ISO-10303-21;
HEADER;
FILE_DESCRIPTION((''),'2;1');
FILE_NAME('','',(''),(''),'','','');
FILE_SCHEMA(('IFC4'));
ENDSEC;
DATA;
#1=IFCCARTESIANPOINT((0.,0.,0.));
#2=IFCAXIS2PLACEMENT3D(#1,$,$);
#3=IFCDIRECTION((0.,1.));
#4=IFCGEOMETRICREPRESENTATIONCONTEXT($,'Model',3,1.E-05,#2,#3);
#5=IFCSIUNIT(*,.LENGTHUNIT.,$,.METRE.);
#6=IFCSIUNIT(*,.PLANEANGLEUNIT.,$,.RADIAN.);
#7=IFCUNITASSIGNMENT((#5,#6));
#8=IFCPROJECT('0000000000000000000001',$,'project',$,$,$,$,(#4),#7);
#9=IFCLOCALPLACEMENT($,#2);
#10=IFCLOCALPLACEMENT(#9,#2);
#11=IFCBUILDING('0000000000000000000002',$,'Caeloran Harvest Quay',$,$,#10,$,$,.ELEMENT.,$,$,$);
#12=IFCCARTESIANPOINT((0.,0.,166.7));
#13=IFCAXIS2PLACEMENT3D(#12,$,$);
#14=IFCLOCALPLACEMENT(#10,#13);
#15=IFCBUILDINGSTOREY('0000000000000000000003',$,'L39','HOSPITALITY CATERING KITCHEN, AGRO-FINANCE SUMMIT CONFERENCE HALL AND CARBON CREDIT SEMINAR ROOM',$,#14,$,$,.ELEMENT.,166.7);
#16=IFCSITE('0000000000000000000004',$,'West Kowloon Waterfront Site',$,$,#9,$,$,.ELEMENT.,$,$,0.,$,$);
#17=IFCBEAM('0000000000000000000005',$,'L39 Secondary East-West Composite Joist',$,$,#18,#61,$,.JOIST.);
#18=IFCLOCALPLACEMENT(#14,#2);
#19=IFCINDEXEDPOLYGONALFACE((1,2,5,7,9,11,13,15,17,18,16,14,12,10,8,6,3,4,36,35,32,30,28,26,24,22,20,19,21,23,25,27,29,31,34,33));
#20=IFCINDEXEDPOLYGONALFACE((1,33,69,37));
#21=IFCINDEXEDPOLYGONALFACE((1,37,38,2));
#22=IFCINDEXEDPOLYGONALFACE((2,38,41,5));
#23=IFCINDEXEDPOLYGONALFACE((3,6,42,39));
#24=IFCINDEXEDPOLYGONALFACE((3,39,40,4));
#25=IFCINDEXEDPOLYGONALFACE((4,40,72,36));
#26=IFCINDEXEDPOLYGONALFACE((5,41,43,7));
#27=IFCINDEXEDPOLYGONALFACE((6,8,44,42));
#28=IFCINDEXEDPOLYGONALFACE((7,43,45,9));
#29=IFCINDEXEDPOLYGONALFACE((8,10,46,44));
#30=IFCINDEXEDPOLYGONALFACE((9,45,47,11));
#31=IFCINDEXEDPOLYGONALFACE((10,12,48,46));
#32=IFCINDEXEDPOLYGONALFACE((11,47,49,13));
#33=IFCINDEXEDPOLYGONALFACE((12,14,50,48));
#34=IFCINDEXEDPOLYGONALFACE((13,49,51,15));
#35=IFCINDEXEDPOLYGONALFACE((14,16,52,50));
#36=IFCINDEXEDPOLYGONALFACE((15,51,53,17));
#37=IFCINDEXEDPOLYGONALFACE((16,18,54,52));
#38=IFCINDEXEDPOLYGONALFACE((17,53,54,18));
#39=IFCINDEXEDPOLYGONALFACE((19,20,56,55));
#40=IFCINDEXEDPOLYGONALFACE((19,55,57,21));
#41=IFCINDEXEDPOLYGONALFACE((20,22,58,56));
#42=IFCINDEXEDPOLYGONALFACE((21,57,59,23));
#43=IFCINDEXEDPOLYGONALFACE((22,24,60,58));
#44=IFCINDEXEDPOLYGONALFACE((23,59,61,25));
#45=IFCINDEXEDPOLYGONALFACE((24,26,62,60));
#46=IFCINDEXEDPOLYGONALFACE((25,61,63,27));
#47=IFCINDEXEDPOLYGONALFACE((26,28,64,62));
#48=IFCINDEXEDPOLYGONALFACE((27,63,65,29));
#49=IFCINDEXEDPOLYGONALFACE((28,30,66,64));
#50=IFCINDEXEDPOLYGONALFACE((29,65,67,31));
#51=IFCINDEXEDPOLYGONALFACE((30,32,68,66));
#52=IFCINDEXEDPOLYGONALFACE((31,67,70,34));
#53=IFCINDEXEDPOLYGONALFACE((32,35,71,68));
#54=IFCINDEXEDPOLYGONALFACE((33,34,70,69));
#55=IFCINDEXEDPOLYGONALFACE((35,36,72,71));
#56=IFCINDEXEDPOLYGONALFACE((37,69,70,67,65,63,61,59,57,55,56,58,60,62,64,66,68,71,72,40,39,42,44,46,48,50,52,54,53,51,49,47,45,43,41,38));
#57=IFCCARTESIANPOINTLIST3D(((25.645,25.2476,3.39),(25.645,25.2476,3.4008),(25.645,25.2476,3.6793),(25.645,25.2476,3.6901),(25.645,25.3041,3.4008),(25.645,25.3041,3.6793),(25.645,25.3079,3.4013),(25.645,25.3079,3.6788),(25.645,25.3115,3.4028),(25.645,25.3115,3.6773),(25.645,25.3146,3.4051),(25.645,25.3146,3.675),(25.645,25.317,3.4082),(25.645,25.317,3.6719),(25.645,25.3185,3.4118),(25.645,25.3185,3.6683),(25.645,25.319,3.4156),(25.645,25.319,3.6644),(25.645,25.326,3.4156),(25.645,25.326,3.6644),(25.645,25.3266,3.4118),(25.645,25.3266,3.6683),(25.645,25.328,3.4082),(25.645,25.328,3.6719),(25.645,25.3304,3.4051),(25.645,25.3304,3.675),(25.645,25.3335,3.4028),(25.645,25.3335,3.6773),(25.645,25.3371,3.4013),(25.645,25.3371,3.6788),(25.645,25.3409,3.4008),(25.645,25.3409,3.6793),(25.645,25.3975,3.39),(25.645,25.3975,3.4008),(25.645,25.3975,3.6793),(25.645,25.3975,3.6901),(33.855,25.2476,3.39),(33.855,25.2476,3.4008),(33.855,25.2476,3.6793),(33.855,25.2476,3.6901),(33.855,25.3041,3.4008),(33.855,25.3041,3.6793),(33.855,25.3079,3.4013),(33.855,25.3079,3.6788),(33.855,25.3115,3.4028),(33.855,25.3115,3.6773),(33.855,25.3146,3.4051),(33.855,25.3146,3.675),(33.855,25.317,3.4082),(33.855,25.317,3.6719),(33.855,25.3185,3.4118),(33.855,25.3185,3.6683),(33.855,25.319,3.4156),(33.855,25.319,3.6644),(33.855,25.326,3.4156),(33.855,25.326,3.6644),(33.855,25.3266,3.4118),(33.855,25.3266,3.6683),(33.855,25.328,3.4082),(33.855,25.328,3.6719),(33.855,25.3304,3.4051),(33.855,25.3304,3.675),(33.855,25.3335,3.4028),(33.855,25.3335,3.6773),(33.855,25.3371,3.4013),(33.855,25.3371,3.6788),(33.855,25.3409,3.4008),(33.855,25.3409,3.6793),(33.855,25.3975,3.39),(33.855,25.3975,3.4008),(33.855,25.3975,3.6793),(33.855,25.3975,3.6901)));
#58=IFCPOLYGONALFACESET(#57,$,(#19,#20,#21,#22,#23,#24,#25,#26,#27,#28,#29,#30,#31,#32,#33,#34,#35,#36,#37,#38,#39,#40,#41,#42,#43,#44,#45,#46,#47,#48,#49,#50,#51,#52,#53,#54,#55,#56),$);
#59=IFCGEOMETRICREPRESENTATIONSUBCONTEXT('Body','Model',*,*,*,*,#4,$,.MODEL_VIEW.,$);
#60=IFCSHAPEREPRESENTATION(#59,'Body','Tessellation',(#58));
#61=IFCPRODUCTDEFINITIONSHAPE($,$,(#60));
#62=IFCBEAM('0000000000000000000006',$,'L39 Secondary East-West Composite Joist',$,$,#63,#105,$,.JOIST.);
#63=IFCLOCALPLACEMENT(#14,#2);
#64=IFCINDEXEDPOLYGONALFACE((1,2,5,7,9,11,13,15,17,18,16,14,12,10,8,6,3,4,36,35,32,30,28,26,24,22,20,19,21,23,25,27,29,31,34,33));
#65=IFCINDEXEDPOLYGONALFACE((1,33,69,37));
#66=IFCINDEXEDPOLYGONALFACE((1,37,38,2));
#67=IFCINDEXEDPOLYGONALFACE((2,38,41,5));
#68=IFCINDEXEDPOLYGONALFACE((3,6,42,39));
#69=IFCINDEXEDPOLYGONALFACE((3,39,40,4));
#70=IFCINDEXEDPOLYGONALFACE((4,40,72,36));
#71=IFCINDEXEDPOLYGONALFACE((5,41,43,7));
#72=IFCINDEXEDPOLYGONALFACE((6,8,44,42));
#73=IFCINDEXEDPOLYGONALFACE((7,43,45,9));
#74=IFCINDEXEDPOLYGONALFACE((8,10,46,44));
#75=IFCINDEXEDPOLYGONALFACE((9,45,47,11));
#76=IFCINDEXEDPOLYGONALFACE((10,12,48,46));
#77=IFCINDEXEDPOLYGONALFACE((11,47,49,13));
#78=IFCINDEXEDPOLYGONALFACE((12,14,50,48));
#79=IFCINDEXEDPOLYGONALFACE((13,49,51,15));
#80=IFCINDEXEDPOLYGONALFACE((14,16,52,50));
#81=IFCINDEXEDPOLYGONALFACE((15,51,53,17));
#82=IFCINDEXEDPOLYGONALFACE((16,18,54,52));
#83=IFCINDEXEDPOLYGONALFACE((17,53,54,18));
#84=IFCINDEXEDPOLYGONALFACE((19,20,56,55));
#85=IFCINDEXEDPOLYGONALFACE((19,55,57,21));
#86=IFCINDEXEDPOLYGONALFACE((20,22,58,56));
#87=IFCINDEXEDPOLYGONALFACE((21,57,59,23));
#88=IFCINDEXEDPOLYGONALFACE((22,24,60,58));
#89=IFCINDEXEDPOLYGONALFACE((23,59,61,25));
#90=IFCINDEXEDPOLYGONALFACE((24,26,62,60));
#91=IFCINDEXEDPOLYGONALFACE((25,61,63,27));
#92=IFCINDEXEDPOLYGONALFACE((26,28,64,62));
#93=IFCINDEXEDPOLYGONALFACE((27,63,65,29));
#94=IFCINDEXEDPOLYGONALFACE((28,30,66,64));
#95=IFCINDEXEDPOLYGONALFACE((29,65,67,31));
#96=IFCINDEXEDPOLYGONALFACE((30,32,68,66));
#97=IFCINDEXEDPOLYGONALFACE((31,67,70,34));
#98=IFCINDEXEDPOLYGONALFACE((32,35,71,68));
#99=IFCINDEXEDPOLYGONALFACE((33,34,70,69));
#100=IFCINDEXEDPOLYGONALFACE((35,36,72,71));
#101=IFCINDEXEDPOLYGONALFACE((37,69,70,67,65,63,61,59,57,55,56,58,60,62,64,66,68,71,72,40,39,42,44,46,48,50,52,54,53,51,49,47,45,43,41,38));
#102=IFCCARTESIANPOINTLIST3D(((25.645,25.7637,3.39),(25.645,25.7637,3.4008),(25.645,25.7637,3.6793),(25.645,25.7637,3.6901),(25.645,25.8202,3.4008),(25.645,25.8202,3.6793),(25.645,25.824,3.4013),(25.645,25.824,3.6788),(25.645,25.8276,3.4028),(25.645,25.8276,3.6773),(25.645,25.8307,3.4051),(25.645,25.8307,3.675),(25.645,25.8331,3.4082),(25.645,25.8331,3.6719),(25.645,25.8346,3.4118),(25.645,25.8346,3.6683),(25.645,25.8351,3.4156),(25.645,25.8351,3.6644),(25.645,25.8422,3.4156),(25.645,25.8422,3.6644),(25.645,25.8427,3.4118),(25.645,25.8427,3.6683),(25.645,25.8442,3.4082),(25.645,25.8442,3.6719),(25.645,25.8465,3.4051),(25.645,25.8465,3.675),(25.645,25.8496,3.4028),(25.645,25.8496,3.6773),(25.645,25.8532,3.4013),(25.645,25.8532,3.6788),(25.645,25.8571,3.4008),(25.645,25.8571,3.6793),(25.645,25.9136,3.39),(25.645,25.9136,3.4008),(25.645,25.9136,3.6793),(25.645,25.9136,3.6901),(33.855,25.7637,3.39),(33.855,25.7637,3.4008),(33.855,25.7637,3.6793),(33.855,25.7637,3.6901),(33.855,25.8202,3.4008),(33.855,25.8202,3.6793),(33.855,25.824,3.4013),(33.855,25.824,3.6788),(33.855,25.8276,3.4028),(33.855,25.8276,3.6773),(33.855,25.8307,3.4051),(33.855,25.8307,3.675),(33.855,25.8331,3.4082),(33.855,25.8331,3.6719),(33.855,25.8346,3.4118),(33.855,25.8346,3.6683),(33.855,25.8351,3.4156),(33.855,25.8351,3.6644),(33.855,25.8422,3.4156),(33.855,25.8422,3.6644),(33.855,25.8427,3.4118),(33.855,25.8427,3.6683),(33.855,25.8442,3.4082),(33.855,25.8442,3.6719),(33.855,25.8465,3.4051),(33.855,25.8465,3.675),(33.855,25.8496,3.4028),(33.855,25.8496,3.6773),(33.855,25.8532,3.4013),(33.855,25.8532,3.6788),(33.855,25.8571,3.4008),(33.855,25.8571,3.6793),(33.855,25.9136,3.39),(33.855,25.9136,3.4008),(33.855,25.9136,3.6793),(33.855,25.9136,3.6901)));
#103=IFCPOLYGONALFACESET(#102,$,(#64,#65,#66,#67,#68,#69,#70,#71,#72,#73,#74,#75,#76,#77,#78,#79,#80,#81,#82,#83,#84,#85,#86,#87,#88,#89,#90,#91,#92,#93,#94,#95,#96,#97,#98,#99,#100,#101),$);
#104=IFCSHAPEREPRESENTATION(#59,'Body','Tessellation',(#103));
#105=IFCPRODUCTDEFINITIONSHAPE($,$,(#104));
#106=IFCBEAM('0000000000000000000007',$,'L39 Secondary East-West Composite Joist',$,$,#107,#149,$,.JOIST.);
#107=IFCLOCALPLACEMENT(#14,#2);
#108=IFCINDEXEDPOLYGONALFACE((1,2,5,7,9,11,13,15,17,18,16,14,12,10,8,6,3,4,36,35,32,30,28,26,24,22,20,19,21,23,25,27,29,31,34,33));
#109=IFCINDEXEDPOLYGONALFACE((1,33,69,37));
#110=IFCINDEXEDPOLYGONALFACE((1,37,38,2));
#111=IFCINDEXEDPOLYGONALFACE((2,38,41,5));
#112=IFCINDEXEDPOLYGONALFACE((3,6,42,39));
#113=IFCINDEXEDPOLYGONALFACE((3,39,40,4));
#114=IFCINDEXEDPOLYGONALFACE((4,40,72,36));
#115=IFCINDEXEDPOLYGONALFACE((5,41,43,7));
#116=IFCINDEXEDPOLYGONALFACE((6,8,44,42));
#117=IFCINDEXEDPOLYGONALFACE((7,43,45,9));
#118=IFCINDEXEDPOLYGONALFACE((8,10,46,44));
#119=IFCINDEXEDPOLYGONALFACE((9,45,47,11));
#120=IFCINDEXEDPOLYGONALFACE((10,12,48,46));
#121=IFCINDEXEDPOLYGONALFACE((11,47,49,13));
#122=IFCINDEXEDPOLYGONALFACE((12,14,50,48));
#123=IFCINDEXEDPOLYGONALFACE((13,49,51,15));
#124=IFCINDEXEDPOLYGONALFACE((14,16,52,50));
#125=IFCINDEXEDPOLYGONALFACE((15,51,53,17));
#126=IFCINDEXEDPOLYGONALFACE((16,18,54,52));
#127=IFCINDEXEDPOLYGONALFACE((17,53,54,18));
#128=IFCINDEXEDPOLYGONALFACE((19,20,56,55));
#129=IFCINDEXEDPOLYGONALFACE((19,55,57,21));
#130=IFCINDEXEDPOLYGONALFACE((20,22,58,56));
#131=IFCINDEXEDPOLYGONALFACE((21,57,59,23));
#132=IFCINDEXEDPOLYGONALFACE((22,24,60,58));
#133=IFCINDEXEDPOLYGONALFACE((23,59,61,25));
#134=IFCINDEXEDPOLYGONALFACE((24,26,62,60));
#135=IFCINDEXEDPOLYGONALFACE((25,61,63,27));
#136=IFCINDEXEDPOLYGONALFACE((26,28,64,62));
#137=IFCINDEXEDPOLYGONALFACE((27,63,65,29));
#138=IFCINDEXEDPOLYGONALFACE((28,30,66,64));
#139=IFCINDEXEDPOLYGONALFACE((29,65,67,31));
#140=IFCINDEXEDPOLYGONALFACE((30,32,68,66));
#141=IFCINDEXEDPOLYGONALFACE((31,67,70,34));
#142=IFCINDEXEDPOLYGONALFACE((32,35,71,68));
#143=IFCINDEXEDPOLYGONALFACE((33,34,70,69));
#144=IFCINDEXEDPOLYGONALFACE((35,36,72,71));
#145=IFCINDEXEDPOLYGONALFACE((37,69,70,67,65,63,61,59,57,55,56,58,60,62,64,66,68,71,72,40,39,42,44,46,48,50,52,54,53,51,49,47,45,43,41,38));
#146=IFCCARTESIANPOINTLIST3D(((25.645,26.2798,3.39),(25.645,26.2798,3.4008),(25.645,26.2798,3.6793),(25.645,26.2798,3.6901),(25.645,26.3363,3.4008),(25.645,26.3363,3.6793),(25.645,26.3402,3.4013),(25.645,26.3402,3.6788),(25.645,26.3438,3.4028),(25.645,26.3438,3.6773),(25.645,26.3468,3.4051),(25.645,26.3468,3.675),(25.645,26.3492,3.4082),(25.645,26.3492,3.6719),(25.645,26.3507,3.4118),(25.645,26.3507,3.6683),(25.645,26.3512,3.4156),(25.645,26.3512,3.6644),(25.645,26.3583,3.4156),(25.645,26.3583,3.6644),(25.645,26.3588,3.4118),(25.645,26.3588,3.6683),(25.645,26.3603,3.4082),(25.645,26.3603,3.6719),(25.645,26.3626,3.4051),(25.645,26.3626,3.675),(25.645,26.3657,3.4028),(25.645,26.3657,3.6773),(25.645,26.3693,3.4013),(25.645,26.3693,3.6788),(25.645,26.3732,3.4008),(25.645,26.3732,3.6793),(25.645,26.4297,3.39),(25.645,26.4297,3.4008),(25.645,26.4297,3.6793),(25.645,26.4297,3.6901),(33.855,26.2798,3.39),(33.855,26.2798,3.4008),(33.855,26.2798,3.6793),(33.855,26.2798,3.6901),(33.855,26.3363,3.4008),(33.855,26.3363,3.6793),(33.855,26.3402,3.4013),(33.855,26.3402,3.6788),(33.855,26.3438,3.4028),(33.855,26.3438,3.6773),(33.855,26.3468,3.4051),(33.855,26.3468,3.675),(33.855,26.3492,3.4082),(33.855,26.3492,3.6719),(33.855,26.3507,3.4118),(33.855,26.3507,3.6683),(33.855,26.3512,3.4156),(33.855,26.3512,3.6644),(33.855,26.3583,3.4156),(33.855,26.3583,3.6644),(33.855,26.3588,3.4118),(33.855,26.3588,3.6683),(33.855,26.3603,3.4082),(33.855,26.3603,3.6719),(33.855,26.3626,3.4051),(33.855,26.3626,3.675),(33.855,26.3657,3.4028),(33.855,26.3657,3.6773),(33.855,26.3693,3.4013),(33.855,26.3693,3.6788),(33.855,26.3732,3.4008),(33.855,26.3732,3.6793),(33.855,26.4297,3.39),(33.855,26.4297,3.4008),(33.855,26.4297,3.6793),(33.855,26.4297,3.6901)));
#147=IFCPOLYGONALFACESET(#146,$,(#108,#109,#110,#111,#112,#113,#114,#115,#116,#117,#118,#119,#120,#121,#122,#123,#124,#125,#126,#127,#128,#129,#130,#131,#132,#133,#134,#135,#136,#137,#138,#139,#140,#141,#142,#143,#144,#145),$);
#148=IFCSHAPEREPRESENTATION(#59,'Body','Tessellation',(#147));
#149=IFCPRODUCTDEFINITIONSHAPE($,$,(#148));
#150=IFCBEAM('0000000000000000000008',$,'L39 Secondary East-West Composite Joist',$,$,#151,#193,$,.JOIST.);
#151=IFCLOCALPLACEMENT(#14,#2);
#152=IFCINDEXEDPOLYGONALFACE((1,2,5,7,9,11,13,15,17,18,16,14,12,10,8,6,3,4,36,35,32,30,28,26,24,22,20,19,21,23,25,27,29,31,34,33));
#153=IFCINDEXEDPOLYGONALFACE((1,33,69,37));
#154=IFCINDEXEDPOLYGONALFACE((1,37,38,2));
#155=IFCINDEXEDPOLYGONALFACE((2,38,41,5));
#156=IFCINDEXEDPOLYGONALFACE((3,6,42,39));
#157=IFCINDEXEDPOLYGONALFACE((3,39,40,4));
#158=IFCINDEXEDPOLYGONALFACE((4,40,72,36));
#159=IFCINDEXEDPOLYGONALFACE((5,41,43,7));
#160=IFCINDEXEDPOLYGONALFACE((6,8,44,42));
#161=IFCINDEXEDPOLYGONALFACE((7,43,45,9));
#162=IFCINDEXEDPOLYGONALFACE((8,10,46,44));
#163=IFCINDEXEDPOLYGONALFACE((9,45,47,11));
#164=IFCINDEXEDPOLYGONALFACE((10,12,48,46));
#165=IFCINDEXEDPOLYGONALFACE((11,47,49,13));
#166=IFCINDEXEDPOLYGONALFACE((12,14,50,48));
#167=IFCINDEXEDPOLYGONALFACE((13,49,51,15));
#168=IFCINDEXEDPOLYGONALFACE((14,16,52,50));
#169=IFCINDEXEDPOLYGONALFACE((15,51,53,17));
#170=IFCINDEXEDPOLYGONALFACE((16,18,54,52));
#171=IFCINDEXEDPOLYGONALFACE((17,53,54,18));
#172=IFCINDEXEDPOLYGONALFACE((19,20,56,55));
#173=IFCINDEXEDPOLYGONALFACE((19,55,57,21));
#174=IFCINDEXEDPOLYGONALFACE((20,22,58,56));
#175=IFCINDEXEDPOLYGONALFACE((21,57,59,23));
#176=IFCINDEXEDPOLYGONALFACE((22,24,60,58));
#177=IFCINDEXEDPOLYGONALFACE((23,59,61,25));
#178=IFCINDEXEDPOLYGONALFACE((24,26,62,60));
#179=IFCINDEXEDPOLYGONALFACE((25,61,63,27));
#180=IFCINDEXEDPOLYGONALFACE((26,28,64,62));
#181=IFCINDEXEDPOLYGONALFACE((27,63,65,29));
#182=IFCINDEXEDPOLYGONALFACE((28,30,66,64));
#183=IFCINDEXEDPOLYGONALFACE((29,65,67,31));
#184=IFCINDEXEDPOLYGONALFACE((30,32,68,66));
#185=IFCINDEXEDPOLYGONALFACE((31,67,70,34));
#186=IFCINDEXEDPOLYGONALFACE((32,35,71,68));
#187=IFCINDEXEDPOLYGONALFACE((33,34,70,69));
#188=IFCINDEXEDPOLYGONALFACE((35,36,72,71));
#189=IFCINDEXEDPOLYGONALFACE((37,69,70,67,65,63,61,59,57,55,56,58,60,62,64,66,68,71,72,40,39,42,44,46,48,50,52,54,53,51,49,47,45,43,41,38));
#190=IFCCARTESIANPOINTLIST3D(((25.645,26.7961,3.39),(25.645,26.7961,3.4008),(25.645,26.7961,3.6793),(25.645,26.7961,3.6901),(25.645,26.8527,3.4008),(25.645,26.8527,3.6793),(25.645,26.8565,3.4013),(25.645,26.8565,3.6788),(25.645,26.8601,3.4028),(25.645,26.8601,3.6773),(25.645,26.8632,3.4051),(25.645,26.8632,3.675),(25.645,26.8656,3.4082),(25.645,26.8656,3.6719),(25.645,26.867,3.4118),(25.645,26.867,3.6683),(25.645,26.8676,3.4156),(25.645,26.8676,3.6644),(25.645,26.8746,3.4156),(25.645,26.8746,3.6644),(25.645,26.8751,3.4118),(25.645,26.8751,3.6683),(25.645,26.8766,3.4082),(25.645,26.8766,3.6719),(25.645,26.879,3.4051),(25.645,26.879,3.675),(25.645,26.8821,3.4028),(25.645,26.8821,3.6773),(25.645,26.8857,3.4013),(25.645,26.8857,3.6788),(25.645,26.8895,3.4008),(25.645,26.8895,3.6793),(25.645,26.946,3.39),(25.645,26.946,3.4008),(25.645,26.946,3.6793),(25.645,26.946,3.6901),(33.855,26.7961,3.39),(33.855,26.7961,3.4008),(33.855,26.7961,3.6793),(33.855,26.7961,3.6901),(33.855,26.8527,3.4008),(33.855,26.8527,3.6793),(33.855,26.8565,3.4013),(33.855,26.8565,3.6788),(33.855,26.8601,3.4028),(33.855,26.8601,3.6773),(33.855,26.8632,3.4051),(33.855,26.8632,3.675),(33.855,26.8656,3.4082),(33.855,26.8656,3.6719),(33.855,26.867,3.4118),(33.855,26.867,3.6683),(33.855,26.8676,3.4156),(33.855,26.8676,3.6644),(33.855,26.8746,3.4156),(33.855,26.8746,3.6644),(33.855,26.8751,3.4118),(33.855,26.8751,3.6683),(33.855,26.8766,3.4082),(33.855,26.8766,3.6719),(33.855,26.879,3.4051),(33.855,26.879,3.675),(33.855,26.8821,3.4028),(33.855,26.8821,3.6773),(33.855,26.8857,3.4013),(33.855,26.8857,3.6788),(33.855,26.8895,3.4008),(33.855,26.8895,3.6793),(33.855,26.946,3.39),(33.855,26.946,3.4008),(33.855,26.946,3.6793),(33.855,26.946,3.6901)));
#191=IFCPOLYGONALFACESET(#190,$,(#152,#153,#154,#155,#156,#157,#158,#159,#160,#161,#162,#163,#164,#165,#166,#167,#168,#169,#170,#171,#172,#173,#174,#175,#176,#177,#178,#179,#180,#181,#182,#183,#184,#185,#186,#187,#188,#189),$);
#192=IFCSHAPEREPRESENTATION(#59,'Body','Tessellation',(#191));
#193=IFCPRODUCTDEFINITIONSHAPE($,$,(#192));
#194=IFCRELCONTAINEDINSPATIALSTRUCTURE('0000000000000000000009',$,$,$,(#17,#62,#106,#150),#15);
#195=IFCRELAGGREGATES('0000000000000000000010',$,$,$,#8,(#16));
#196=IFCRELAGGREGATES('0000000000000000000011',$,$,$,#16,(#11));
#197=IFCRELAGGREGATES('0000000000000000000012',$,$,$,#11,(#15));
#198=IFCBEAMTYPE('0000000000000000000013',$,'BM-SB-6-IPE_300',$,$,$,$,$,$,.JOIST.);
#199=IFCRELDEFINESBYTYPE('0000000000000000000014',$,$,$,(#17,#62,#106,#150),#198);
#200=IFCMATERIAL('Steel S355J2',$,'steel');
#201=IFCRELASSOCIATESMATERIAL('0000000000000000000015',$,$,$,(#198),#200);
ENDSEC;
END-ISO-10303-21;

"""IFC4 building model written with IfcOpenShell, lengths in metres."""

from ifc_helpers import new_model, si_unit, direction, frame, origin, origin_2d, place, context, subcontext, project, spatial, i_section, extrude, material, material_profile, profile_set, type_object, element, save


model = new_model("IFC4")

# Units and contexts
model_context = context("Model", 3, precision=1e-05, world=origin(), true_north=direction((0.0, 1.0)))
body_context = subcontext(model_context, "Body", "Model", "MODEL_VIEW")
ifc_project = project(units=[si_unit("LENGTHUNIT", "METRE"), si_unit("PLANEANGLEUNIT", "RADIAN")], contexts=[model_context])

# Site, building, storey
site_placement = place(None, origin())
site = spatial("IfcSite", under=ifc_project, at=site_placement, Name="West Kowloon Waterfront Site", CompositionType="ELEMENT", RefElevation=0.0)
building_placement = place(site_placement, origin())
building = spatial("IfcBuilding", under=site, at=building_placement, Name="Caeloran Harvest Quay", CompositionType="ELEMENT")
storey_placement = place(building_placement, frame((0.0, 0.0, 166.7)))
storey = spatial("IfcBuildingStorey", under=building, at=storey_placement, Name="L39", Description="HOSPITALITY CATERING KITCHEN, AGRO-FINANCE SUMMIT CONFERENCE HALL AND CARBON CREDIT SEMINAR ROOM", CompositionType="ELEMENT", Elevation=166.7)

# Beams
ifc_material_1 = material(Name="Steel S355J2", Category="steel")
ifc_material_profile_1 = material_profile(ifc_material_1, i_section(OverallWidth=0.1499, OverallDepth=0.3, WebThickness=0.0071, FlangeThickness=0.0107, FilletRadius=0.0149, at=origin_2d()), Name="IPE 300")
ifc_profile_set_1 = profile_set([ifc_material_profile_1], Name="Steel S355J2")
beam_type_1 = type_object("IfcBeamType", Name="BM-SB-6-IPE_300", PredefinedType="JOIST", material=ifc_profile_set_1)
for number, where, z_axis, x_axis, name in (
    (1, (25.645, 25.3225, 3.54), (1.0, 0.0, 0.0), (0.0, 1.0, 0.0), "L39 Secondary East-West Composite Joist"),
    (2, (25.645, 25.8386, 3.54), (1.0, 0.0, 0.0), (0.0, 1.0, 0.0), "L39 Secondary East-West Composite Joist"),
    (3, (25.645, 26.3547, 3.54), (1.0, 0.0, 0.0), (0.0, 1.0, 0.0), "L39 Secondary East-West Composite Joist"),
    (4, (25.645, 26.8711, 3.54), (1.0, 0.0, 0.0), (0.0, 1.0, 0.0), "L39 Secondary East-West Composite Joist"),
):
    element("IfcBeam", number, at=place(storey_placement, frame(where, z_axis=z_axis, x_axis=x_axis)), inside=storey, type_object=beam_type_1, Name=name, PredefinedType="JOIST", context=body_context, shape_type="SweptSolid", body=[
        extrude(i_section(OverallWidth=0.1499, OverallDepth=0.3, WebThickness=0.0071, FlangeThickness=0.0107, FilletRadius=0.0149, at=origin_2d()), origin(), (0.0, 0.0, 1.0), 8.21),
    ])

save(model, "model.ifc")
